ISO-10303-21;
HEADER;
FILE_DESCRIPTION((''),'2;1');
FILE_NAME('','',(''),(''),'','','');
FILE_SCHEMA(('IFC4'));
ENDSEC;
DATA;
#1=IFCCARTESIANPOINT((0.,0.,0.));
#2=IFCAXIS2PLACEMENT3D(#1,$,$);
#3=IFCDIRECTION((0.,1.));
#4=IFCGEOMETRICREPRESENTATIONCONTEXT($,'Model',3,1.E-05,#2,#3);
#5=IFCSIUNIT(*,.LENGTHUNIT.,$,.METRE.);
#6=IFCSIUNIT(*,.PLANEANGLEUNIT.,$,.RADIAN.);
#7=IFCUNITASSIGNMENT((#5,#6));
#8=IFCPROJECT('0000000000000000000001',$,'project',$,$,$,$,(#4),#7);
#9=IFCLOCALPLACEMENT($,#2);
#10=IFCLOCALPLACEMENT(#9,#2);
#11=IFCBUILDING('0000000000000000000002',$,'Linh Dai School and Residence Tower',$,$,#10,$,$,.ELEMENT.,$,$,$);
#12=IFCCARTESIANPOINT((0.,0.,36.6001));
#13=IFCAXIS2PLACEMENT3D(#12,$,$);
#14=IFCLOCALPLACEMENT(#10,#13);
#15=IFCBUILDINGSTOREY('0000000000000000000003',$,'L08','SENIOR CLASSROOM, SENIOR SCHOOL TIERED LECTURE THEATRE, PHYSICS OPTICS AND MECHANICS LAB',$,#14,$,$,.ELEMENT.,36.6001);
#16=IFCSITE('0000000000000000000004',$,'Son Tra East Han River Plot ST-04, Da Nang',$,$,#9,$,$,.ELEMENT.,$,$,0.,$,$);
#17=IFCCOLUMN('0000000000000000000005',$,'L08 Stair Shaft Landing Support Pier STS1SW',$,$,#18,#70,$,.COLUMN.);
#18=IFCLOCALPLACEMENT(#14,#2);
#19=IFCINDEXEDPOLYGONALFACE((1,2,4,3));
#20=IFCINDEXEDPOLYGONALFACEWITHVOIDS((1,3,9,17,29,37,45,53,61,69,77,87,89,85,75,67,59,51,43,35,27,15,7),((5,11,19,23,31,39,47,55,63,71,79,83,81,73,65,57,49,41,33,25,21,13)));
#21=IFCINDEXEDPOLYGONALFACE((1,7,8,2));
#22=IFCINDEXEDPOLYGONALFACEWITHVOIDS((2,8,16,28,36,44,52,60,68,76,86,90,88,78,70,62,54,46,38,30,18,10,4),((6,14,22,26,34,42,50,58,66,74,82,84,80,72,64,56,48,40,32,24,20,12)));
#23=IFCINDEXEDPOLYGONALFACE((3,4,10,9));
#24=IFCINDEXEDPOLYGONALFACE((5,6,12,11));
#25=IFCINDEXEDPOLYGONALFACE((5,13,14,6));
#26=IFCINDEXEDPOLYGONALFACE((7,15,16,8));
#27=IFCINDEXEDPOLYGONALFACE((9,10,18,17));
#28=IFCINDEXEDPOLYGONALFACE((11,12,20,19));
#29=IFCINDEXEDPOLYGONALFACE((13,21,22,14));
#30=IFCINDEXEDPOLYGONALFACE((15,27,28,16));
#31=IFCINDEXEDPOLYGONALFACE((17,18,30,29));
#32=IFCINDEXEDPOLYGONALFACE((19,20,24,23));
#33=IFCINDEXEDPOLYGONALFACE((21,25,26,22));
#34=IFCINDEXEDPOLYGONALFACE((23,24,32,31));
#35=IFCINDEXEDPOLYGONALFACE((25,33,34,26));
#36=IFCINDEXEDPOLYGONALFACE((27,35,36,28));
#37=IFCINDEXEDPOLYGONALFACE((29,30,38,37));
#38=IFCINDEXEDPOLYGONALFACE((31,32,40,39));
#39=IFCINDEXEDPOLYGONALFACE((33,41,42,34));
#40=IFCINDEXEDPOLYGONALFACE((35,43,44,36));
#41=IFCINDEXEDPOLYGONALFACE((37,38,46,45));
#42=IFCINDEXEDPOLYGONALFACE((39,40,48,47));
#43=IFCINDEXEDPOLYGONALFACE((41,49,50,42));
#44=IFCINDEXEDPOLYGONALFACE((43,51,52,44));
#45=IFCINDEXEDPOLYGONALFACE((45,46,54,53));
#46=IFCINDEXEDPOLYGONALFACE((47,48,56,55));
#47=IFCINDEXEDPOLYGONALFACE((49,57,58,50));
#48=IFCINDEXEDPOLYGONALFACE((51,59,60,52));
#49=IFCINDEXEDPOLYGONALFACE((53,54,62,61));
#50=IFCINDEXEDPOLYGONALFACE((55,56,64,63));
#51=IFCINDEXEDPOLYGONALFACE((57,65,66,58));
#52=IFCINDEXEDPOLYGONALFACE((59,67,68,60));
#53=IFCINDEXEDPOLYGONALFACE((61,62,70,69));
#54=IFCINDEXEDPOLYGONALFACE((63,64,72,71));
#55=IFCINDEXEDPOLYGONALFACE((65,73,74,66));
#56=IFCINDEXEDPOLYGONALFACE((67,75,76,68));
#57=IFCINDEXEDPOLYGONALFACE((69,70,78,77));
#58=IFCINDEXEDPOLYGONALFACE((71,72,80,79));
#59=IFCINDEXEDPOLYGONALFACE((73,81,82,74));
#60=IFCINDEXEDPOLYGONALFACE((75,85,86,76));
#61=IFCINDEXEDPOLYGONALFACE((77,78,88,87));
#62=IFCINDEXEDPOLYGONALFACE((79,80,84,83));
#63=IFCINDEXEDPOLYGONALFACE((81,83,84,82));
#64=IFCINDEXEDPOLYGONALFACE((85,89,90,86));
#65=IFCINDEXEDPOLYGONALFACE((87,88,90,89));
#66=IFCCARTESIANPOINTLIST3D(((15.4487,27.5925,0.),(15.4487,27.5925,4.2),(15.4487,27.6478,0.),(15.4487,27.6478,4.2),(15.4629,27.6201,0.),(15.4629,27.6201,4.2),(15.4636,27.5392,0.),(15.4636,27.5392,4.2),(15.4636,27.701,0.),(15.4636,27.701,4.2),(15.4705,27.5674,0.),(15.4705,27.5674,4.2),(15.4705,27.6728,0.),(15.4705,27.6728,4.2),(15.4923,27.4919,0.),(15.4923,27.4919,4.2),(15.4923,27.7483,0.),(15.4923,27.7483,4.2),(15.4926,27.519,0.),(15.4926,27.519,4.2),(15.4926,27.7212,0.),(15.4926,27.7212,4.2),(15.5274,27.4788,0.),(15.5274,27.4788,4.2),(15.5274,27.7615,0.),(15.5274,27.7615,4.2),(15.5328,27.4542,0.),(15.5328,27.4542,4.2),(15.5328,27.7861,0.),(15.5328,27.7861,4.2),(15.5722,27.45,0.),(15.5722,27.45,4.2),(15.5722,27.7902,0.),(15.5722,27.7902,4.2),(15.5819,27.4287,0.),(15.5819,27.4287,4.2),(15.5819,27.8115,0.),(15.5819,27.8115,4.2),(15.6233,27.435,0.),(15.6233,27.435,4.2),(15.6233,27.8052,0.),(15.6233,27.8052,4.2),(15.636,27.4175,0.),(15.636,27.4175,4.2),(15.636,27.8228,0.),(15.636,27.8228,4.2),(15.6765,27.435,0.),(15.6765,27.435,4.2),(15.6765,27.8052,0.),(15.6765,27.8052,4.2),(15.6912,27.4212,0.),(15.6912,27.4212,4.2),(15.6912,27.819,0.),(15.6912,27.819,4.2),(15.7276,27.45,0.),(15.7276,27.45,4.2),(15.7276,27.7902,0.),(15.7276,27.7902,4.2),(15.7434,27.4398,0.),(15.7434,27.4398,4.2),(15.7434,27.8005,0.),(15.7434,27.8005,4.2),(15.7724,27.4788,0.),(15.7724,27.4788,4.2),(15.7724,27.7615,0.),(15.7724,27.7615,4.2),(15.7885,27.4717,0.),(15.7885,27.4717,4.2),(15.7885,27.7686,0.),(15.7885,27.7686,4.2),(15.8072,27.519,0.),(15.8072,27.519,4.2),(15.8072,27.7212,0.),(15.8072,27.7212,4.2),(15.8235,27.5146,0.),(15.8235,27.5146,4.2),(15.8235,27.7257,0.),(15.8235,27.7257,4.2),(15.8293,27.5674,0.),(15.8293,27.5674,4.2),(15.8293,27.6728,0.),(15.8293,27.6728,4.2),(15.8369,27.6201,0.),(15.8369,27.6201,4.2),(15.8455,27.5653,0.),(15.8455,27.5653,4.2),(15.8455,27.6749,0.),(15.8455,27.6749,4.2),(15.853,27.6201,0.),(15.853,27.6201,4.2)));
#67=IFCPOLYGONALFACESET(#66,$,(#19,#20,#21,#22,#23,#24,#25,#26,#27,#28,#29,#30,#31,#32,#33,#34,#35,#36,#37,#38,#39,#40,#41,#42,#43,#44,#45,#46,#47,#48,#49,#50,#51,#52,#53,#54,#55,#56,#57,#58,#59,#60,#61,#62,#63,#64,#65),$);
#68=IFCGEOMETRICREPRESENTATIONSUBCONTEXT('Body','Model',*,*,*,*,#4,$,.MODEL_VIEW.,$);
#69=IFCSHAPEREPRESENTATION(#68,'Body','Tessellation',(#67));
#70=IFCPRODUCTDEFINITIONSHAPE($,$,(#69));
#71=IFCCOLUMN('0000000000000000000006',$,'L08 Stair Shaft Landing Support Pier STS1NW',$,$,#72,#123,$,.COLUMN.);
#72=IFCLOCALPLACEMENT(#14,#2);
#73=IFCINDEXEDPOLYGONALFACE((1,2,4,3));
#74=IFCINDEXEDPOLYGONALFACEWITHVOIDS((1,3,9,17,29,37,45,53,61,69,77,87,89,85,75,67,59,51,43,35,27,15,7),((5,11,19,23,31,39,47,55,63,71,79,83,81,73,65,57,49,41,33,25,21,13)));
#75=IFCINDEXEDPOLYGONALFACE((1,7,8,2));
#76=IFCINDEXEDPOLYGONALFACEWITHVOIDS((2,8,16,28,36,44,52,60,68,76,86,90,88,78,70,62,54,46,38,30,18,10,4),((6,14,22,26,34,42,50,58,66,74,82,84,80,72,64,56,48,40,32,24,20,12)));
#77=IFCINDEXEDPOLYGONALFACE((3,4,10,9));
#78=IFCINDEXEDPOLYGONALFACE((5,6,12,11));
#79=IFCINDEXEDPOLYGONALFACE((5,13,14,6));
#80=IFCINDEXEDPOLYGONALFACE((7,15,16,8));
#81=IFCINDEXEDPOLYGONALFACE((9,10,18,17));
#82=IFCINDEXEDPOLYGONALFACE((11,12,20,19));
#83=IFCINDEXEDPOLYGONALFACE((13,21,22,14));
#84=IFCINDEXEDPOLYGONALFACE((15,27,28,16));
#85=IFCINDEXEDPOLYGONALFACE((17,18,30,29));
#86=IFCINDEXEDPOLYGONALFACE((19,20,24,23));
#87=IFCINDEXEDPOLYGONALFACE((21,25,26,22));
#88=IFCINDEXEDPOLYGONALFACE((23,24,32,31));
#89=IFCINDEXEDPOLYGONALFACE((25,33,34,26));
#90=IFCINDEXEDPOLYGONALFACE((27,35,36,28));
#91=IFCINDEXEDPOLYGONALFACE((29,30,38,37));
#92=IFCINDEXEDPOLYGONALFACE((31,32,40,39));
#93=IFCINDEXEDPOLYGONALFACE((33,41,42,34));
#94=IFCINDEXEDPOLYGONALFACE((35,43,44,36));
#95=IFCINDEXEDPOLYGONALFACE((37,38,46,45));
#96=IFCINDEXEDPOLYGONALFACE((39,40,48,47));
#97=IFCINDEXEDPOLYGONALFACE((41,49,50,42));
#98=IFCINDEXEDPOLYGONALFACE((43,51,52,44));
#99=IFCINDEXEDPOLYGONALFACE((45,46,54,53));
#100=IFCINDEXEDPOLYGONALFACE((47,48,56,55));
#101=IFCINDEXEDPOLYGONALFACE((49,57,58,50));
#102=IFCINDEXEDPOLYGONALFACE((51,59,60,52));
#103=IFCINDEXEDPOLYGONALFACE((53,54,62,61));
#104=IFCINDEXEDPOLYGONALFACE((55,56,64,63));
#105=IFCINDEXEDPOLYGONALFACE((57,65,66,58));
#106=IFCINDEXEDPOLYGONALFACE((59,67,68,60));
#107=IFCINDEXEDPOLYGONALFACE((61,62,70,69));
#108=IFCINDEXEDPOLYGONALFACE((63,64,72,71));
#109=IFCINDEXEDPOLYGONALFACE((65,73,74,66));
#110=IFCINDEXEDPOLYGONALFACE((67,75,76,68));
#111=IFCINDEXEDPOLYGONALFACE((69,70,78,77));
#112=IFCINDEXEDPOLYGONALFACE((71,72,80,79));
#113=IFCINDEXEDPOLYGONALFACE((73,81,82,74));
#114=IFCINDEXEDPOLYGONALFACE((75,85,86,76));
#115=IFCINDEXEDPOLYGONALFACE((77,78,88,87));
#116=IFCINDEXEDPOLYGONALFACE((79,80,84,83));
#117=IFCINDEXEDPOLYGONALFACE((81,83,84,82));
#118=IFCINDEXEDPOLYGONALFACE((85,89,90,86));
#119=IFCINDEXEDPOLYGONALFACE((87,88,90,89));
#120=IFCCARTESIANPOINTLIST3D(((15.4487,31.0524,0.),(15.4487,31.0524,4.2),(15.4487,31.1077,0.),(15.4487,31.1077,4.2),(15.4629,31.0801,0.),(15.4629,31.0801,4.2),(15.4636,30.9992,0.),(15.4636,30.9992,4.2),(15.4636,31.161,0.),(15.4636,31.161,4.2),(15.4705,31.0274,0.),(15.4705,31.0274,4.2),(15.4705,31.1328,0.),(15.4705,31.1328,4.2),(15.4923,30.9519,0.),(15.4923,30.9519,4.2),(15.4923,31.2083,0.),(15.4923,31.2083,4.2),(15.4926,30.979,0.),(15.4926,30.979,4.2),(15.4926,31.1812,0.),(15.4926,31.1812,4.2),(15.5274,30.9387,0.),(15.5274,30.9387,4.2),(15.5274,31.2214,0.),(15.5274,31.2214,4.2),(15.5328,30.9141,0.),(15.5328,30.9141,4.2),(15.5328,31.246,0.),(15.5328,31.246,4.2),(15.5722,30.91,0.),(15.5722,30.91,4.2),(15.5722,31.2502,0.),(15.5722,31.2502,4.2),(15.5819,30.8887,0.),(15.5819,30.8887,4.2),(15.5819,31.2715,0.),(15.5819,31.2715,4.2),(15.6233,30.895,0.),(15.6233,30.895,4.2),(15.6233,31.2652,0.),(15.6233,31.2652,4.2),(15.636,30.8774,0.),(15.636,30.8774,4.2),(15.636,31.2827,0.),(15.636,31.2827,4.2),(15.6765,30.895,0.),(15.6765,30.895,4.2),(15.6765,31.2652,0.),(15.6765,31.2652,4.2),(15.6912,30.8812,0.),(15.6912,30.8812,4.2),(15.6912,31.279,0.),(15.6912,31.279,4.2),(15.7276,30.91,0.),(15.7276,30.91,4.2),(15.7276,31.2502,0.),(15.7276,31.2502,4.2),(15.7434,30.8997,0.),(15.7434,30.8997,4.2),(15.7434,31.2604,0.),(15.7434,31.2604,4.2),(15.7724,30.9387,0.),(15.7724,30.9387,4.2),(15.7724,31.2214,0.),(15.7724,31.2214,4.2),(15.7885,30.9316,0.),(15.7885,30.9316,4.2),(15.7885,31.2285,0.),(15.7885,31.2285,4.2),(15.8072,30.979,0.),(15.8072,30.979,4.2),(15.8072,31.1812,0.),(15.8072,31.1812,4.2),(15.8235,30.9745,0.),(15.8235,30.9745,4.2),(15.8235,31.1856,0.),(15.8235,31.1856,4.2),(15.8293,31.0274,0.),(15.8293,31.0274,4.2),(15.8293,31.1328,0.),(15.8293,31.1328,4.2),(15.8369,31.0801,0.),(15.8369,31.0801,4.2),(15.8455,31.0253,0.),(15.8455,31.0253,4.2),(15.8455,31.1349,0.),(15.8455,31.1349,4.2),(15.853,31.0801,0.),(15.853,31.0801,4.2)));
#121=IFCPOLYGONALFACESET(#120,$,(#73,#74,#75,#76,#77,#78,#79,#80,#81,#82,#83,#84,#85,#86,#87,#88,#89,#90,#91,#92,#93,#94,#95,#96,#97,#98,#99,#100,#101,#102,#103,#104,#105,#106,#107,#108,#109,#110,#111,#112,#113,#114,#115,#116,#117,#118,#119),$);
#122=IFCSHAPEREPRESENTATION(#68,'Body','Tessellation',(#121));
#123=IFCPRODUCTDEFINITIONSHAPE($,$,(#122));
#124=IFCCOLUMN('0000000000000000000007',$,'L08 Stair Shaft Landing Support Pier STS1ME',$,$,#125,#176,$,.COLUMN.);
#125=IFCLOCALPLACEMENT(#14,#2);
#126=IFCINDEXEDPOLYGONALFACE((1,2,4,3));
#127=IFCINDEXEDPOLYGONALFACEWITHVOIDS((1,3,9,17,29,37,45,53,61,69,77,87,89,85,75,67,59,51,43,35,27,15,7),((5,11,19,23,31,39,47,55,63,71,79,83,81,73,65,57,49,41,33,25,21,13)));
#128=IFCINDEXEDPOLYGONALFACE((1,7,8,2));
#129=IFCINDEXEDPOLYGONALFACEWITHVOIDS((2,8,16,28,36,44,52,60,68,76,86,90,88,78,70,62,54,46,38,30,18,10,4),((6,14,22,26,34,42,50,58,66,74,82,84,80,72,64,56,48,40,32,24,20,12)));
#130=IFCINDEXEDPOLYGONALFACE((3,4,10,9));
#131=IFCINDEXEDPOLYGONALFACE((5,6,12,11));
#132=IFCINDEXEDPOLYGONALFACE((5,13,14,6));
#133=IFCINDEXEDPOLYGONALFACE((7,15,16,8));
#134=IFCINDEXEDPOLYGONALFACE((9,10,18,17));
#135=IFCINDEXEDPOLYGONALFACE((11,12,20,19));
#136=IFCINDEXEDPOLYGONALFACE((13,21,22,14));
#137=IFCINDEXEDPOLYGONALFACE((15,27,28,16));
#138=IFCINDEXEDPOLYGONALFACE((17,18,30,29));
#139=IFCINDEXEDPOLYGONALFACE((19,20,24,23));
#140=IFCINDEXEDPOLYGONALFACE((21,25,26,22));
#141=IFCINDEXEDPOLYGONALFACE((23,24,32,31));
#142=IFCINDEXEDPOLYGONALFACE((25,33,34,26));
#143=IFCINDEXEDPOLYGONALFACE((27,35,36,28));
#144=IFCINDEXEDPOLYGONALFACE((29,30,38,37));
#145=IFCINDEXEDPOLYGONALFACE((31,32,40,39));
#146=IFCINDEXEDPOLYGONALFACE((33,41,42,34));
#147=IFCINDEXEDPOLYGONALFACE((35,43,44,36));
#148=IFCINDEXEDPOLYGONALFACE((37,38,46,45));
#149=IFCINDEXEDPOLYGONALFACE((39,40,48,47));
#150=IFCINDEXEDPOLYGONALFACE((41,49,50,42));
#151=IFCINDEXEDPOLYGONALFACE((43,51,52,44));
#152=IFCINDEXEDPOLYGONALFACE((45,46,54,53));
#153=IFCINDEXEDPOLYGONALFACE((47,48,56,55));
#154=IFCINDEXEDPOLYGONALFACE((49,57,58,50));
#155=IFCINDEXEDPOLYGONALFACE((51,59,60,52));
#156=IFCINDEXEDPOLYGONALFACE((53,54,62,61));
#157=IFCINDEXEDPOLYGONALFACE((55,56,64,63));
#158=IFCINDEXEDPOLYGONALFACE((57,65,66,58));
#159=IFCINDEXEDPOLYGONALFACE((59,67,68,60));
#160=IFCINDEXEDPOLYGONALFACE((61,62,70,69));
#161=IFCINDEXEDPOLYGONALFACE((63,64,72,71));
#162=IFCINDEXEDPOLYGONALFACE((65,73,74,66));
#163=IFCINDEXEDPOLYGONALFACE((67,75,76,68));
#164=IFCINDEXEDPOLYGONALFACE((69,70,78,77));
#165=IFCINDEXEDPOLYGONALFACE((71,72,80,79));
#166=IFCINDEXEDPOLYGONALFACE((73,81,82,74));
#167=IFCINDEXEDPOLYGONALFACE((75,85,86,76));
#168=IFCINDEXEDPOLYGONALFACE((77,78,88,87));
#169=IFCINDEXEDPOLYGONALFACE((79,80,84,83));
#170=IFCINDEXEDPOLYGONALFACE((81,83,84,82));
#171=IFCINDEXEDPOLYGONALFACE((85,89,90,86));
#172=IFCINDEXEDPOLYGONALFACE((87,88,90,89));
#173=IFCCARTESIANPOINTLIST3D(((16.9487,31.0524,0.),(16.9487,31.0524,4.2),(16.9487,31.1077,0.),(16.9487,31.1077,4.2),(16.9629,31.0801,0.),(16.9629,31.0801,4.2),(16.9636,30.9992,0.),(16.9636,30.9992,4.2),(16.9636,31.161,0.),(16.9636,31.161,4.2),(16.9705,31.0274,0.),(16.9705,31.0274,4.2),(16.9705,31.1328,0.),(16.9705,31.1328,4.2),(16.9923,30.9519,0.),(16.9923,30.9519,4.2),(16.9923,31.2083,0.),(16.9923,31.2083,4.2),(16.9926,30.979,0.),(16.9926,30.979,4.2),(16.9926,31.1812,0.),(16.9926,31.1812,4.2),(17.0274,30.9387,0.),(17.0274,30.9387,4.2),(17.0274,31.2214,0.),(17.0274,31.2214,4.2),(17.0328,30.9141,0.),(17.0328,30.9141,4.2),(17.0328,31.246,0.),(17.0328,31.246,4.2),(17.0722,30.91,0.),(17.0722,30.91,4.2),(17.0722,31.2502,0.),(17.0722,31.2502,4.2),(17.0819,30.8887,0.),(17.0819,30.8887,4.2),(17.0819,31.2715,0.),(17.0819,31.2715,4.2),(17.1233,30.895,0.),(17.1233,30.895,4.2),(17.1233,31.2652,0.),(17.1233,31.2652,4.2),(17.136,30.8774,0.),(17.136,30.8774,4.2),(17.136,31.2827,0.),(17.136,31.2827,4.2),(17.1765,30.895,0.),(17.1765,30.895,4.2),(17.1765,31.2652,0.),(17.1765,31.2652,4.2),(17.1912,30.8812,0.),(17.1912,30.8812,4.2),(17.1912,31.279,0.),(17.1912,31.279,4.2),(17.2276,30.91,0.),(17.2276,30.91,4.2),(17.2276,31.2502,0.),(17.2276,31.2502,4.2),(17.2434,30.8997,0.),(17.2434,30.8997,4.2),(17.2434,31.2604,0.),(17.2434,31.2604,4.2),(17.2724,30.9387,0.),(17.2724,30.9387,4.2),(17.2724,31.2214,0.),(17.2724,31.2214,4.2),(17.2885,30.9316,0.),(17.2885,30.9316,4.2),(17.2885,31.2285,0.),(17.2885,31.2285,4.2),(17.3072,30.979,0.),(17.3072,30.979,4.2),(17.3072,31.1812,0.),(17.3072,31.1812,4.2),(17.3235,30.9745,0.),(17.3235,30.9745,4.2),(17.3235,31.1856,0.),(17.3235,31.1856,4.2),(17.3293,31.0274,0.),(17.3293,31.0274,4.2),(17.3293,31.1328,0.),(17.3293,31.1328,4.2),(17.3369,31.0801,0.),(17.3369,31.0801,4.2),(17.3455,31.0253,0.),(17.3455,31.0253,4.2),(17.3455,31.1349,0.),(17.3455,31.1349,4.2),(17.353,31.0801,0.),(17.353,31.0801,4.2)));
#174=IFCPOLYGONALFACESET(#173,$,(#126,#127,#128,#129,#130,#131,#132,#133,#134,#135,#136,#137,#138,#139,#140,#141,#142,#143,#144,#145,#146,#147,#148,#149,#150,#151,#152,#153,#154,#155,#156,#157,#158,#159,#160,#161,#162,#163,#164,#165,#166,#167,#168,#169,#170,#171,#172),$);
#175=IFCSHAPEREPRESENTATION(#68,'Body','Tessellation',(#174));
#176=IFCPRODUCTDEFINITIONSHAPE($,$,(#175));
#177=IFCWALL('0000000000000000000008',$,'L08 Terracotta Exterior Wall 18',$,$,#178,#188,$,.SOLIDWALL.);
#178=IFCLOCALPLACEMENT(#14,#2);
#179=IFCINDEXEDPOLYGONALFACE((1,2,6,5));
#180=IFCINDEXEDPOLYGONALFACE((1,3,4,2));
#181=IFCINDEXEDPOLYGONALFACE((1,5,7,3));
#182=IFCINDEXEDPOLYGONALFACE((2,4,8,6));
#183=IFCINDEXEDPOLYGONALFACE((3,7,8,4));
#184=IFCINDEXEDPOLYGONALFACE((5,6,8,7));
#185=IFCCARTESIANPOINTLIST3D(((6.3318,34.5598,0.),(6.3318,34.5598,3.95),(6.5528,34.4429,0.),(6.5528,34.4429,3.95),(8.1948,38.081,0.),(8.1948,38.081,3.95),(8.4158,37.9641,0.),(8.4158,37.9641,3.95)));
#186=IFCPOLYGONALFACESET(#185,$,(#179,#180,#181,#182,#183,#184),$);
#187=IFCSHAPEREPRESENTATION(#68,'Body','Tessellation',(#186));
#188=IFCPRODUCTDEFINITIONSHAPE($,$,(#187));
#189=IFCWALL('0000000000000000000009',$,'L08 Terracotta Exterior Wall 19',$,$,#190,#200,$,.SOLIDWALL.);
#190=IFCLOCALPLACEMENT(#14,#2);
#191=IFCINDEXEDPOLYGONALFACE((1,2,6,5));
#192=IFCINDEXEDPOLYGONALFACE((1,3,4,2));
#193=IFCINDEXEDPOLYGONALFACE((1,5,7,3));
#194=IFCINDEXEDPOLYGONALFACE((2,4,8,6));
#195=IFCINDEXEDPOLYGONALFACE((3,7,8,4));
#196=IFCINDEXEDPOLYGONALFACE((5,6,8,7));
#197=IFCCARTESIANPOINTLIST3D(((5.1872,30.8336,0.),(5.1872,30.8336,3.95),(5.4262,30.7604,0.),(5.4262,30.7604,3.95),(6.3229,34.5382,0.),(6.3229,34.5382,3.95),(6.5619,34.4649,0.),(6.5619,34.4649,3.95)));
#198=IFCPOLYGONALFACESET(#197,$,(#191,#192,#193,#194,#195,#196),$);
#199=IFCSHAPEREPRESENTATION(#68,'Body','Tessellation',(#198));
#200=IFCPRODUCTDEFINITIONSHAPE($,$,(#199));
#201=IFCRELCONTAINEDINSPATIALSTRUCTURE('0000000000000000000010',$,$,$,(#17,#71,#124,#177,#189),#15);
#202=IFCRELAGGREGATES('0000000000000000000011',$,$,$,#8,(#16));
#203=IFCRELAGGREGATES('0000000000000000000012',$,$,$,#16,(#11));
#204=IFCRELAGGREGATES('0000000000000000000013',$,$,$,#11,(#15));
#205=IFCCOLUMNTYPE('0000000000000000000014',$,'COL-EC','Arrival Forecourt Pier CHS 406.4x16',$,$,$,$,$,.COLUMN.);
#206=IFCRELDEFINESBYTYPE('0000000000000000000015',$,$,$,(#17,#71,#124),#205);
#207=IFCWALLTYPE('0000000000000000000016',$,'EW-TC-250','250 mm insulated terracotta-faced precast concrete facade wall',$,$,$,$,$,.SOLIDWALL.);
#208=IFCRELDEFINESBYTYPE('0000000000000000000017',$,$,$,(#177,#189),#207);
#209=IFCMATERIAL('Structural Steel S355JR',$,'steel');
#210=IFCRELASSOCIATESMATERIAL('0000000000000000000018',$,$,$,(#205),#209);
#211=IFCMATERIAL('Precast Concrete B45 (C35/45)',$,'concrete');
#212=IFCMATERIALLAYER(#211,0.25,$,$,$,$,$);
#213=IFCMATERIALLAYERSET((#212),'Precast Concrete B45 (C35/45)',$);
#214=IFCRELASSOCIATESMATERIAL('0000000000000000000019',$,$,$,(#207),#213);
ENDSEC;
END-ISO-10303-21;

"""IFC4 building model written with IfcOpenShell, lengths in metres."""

from ifc_helpers import new_model, si_unit, direction, frame, frame_2d, origin, origin_2d, place, context, subcontext, project, spatial, rectangle, hollow_circle, extrude, material, layer, layer_set, material_profile, profile_set, type_object, element, save


model = new_model("IFC4")

# Units and contexts
model_context = context("Model", 3, precision=1e-05, world=origin(), true_north=direction((0.0, 1.0)))
body_context = subcontext(model_context, "Body", "Model", "MODEL_VIEW")
ifc_project = project(units=[si_unit("LENGTHUNIT", "METRE"), si_unit("PLANEANGLEUNIT", "RADIAN")], contexts=[model_context])

# Site, building, storey
site_placement = place(None, origin())
site = spatial("IfcSite", under=ifc_project, at=site_placement, Name="Son Tra East Han River Plot ST-04, Da Nang", CompositionType="ELEMENT", RefElevation=0.0)
building_placement = place(site_placement, origin())
building = spatial("IfcBuilding", under=site, at=building_placement, Name="Linh Dai School and Residence Tower", CompositionType="ELEMENT")
storey_placement = place(building_placement, frame((0.0, 0.0, 36.6001)))
storey = spatial("IfcBuildingStorey", under=building, at=storey_placement, Name="L08", Description="SENIOR CLASSROOM, SENIOR SCHOOL TIERED LECTURE THEATRE, PHYSICS OPTICS AND MECHANICS LAB", CompositionType="ELEMENT", Elevation=36.6001)

# Columns
ifc_material_1 = material(Name="Structural Steel S355JR", Category="steel")
ifc_material_profile = material_profile(ifc_material_1, hollow_circle(Radius=0.2031, WallThickness=0.0161, at=origin_2d()), Name="CHS 406.4x16")
ifc_profile_set = profile_set([ifc_material_profile], Name="Structural Steel S355JR")
column_type = type_object("IfcColumnType", Name="COL-EC", Description="Arrival Forecourt Pier CHS 406.4x16", PredefinedType="COLUMN", material=ifc_profile_set)
for number, where, z_axis, x_axis, name in (
    (1, (15.6499, 27.6201, 0.0), (0.0, 0.0, 1.0), (1.0, 0.0, 0.0), "L08 Stair Shaft Landing Support Pier STS1SW"),
    (2, (15.6499, 31.0801, 0.0), (0.0, 0.0, 1.0), (1.0, 0.0, 0.0), "L08 Stair Shaft Landing Support Pier STS1NW"),
    (3, (17.1499, 31.0801, 0.0), (0.0, 0.0, 1.0), (1.0, 0.0, 0.0), "L08 Stair Shaft Landing Support Pier STS1ME"),
):
    element("IfcColumn", number, at=place(storey_placement, frame(where, z_axis=z_axis, x_axis=x_axis)), inside=storey, type_object=column_type, Name=name, PredefinedType="COLUMN", context=body_context, shape_type="SweptSolid", body=[
        extrude(hollow_circle(Radius=0.2031, WallThickness=0.0161, at=origin_2d()), origin(), (0.0, 0.0, 1.0), 4.2),
    ])

# Walls
ifc_material_2 = material(Name="Precast Concrete B45 (C35/45)", Category="concrete")
ifc_layer_1 = layer(ifc_material_2, 0.25)
ifc_layer_set_1 = layer_set([ifc_layer_1], Name="Precast Concrete B45 (C35/45)")
wall_type_1 = type_object("IfcWallType", Name="EW-TC-250", Description="250 mm insulated terracotta-faced precast concrete facade wall", PredefinedType="SOLIDWALL", material=ifc_layer_set_1)
wall_1_placement = place(storey_placement, frame((6.4424, 34.5015, 0.0), z_axis=(0.0, 0.0, 1.0), x_axis=(0.467662, 0.883907, 0.0)))
element("IfcWall", 4, at=wall_1_placement, inside=storey, type_object=wall_type_1, Name="L08 Terracotta Exterior Wall 18", PredefinedType="SOLIDWALL", context=body_context, shape_type="SweptSolid", body=[
    extrude(rectangle(XDim=3.9836, YDim=0.25, at=frame_2d((1.9917, 0.0))), origin(), (0.0, 0.0, 1.0), 3.95),
])
wall_2_placement = place(storey_placement, frame((5.3066, 30.7969, 0.0), z_axis=(0.0, 0.0, 1.0), x_axis=(0.293112, 0.956078, 0.0)))
element("IfcWall", 5, at=wall_2_placement, inside=storey, type_object=wall_type_1, Name="L08 Terracotta Exterior Wall 19", PredefinedType="SOLIDWALL", context=body_context, shape_type="SweptSolid", body=[
    extrude(rectangle(XDim=3.8748, YDim=0.25, at=frame_2d((1.9375, 0.0))), origin(), (0.0, 0.0, 1.0), 3.95),
])

save(model, "model.ifc")
